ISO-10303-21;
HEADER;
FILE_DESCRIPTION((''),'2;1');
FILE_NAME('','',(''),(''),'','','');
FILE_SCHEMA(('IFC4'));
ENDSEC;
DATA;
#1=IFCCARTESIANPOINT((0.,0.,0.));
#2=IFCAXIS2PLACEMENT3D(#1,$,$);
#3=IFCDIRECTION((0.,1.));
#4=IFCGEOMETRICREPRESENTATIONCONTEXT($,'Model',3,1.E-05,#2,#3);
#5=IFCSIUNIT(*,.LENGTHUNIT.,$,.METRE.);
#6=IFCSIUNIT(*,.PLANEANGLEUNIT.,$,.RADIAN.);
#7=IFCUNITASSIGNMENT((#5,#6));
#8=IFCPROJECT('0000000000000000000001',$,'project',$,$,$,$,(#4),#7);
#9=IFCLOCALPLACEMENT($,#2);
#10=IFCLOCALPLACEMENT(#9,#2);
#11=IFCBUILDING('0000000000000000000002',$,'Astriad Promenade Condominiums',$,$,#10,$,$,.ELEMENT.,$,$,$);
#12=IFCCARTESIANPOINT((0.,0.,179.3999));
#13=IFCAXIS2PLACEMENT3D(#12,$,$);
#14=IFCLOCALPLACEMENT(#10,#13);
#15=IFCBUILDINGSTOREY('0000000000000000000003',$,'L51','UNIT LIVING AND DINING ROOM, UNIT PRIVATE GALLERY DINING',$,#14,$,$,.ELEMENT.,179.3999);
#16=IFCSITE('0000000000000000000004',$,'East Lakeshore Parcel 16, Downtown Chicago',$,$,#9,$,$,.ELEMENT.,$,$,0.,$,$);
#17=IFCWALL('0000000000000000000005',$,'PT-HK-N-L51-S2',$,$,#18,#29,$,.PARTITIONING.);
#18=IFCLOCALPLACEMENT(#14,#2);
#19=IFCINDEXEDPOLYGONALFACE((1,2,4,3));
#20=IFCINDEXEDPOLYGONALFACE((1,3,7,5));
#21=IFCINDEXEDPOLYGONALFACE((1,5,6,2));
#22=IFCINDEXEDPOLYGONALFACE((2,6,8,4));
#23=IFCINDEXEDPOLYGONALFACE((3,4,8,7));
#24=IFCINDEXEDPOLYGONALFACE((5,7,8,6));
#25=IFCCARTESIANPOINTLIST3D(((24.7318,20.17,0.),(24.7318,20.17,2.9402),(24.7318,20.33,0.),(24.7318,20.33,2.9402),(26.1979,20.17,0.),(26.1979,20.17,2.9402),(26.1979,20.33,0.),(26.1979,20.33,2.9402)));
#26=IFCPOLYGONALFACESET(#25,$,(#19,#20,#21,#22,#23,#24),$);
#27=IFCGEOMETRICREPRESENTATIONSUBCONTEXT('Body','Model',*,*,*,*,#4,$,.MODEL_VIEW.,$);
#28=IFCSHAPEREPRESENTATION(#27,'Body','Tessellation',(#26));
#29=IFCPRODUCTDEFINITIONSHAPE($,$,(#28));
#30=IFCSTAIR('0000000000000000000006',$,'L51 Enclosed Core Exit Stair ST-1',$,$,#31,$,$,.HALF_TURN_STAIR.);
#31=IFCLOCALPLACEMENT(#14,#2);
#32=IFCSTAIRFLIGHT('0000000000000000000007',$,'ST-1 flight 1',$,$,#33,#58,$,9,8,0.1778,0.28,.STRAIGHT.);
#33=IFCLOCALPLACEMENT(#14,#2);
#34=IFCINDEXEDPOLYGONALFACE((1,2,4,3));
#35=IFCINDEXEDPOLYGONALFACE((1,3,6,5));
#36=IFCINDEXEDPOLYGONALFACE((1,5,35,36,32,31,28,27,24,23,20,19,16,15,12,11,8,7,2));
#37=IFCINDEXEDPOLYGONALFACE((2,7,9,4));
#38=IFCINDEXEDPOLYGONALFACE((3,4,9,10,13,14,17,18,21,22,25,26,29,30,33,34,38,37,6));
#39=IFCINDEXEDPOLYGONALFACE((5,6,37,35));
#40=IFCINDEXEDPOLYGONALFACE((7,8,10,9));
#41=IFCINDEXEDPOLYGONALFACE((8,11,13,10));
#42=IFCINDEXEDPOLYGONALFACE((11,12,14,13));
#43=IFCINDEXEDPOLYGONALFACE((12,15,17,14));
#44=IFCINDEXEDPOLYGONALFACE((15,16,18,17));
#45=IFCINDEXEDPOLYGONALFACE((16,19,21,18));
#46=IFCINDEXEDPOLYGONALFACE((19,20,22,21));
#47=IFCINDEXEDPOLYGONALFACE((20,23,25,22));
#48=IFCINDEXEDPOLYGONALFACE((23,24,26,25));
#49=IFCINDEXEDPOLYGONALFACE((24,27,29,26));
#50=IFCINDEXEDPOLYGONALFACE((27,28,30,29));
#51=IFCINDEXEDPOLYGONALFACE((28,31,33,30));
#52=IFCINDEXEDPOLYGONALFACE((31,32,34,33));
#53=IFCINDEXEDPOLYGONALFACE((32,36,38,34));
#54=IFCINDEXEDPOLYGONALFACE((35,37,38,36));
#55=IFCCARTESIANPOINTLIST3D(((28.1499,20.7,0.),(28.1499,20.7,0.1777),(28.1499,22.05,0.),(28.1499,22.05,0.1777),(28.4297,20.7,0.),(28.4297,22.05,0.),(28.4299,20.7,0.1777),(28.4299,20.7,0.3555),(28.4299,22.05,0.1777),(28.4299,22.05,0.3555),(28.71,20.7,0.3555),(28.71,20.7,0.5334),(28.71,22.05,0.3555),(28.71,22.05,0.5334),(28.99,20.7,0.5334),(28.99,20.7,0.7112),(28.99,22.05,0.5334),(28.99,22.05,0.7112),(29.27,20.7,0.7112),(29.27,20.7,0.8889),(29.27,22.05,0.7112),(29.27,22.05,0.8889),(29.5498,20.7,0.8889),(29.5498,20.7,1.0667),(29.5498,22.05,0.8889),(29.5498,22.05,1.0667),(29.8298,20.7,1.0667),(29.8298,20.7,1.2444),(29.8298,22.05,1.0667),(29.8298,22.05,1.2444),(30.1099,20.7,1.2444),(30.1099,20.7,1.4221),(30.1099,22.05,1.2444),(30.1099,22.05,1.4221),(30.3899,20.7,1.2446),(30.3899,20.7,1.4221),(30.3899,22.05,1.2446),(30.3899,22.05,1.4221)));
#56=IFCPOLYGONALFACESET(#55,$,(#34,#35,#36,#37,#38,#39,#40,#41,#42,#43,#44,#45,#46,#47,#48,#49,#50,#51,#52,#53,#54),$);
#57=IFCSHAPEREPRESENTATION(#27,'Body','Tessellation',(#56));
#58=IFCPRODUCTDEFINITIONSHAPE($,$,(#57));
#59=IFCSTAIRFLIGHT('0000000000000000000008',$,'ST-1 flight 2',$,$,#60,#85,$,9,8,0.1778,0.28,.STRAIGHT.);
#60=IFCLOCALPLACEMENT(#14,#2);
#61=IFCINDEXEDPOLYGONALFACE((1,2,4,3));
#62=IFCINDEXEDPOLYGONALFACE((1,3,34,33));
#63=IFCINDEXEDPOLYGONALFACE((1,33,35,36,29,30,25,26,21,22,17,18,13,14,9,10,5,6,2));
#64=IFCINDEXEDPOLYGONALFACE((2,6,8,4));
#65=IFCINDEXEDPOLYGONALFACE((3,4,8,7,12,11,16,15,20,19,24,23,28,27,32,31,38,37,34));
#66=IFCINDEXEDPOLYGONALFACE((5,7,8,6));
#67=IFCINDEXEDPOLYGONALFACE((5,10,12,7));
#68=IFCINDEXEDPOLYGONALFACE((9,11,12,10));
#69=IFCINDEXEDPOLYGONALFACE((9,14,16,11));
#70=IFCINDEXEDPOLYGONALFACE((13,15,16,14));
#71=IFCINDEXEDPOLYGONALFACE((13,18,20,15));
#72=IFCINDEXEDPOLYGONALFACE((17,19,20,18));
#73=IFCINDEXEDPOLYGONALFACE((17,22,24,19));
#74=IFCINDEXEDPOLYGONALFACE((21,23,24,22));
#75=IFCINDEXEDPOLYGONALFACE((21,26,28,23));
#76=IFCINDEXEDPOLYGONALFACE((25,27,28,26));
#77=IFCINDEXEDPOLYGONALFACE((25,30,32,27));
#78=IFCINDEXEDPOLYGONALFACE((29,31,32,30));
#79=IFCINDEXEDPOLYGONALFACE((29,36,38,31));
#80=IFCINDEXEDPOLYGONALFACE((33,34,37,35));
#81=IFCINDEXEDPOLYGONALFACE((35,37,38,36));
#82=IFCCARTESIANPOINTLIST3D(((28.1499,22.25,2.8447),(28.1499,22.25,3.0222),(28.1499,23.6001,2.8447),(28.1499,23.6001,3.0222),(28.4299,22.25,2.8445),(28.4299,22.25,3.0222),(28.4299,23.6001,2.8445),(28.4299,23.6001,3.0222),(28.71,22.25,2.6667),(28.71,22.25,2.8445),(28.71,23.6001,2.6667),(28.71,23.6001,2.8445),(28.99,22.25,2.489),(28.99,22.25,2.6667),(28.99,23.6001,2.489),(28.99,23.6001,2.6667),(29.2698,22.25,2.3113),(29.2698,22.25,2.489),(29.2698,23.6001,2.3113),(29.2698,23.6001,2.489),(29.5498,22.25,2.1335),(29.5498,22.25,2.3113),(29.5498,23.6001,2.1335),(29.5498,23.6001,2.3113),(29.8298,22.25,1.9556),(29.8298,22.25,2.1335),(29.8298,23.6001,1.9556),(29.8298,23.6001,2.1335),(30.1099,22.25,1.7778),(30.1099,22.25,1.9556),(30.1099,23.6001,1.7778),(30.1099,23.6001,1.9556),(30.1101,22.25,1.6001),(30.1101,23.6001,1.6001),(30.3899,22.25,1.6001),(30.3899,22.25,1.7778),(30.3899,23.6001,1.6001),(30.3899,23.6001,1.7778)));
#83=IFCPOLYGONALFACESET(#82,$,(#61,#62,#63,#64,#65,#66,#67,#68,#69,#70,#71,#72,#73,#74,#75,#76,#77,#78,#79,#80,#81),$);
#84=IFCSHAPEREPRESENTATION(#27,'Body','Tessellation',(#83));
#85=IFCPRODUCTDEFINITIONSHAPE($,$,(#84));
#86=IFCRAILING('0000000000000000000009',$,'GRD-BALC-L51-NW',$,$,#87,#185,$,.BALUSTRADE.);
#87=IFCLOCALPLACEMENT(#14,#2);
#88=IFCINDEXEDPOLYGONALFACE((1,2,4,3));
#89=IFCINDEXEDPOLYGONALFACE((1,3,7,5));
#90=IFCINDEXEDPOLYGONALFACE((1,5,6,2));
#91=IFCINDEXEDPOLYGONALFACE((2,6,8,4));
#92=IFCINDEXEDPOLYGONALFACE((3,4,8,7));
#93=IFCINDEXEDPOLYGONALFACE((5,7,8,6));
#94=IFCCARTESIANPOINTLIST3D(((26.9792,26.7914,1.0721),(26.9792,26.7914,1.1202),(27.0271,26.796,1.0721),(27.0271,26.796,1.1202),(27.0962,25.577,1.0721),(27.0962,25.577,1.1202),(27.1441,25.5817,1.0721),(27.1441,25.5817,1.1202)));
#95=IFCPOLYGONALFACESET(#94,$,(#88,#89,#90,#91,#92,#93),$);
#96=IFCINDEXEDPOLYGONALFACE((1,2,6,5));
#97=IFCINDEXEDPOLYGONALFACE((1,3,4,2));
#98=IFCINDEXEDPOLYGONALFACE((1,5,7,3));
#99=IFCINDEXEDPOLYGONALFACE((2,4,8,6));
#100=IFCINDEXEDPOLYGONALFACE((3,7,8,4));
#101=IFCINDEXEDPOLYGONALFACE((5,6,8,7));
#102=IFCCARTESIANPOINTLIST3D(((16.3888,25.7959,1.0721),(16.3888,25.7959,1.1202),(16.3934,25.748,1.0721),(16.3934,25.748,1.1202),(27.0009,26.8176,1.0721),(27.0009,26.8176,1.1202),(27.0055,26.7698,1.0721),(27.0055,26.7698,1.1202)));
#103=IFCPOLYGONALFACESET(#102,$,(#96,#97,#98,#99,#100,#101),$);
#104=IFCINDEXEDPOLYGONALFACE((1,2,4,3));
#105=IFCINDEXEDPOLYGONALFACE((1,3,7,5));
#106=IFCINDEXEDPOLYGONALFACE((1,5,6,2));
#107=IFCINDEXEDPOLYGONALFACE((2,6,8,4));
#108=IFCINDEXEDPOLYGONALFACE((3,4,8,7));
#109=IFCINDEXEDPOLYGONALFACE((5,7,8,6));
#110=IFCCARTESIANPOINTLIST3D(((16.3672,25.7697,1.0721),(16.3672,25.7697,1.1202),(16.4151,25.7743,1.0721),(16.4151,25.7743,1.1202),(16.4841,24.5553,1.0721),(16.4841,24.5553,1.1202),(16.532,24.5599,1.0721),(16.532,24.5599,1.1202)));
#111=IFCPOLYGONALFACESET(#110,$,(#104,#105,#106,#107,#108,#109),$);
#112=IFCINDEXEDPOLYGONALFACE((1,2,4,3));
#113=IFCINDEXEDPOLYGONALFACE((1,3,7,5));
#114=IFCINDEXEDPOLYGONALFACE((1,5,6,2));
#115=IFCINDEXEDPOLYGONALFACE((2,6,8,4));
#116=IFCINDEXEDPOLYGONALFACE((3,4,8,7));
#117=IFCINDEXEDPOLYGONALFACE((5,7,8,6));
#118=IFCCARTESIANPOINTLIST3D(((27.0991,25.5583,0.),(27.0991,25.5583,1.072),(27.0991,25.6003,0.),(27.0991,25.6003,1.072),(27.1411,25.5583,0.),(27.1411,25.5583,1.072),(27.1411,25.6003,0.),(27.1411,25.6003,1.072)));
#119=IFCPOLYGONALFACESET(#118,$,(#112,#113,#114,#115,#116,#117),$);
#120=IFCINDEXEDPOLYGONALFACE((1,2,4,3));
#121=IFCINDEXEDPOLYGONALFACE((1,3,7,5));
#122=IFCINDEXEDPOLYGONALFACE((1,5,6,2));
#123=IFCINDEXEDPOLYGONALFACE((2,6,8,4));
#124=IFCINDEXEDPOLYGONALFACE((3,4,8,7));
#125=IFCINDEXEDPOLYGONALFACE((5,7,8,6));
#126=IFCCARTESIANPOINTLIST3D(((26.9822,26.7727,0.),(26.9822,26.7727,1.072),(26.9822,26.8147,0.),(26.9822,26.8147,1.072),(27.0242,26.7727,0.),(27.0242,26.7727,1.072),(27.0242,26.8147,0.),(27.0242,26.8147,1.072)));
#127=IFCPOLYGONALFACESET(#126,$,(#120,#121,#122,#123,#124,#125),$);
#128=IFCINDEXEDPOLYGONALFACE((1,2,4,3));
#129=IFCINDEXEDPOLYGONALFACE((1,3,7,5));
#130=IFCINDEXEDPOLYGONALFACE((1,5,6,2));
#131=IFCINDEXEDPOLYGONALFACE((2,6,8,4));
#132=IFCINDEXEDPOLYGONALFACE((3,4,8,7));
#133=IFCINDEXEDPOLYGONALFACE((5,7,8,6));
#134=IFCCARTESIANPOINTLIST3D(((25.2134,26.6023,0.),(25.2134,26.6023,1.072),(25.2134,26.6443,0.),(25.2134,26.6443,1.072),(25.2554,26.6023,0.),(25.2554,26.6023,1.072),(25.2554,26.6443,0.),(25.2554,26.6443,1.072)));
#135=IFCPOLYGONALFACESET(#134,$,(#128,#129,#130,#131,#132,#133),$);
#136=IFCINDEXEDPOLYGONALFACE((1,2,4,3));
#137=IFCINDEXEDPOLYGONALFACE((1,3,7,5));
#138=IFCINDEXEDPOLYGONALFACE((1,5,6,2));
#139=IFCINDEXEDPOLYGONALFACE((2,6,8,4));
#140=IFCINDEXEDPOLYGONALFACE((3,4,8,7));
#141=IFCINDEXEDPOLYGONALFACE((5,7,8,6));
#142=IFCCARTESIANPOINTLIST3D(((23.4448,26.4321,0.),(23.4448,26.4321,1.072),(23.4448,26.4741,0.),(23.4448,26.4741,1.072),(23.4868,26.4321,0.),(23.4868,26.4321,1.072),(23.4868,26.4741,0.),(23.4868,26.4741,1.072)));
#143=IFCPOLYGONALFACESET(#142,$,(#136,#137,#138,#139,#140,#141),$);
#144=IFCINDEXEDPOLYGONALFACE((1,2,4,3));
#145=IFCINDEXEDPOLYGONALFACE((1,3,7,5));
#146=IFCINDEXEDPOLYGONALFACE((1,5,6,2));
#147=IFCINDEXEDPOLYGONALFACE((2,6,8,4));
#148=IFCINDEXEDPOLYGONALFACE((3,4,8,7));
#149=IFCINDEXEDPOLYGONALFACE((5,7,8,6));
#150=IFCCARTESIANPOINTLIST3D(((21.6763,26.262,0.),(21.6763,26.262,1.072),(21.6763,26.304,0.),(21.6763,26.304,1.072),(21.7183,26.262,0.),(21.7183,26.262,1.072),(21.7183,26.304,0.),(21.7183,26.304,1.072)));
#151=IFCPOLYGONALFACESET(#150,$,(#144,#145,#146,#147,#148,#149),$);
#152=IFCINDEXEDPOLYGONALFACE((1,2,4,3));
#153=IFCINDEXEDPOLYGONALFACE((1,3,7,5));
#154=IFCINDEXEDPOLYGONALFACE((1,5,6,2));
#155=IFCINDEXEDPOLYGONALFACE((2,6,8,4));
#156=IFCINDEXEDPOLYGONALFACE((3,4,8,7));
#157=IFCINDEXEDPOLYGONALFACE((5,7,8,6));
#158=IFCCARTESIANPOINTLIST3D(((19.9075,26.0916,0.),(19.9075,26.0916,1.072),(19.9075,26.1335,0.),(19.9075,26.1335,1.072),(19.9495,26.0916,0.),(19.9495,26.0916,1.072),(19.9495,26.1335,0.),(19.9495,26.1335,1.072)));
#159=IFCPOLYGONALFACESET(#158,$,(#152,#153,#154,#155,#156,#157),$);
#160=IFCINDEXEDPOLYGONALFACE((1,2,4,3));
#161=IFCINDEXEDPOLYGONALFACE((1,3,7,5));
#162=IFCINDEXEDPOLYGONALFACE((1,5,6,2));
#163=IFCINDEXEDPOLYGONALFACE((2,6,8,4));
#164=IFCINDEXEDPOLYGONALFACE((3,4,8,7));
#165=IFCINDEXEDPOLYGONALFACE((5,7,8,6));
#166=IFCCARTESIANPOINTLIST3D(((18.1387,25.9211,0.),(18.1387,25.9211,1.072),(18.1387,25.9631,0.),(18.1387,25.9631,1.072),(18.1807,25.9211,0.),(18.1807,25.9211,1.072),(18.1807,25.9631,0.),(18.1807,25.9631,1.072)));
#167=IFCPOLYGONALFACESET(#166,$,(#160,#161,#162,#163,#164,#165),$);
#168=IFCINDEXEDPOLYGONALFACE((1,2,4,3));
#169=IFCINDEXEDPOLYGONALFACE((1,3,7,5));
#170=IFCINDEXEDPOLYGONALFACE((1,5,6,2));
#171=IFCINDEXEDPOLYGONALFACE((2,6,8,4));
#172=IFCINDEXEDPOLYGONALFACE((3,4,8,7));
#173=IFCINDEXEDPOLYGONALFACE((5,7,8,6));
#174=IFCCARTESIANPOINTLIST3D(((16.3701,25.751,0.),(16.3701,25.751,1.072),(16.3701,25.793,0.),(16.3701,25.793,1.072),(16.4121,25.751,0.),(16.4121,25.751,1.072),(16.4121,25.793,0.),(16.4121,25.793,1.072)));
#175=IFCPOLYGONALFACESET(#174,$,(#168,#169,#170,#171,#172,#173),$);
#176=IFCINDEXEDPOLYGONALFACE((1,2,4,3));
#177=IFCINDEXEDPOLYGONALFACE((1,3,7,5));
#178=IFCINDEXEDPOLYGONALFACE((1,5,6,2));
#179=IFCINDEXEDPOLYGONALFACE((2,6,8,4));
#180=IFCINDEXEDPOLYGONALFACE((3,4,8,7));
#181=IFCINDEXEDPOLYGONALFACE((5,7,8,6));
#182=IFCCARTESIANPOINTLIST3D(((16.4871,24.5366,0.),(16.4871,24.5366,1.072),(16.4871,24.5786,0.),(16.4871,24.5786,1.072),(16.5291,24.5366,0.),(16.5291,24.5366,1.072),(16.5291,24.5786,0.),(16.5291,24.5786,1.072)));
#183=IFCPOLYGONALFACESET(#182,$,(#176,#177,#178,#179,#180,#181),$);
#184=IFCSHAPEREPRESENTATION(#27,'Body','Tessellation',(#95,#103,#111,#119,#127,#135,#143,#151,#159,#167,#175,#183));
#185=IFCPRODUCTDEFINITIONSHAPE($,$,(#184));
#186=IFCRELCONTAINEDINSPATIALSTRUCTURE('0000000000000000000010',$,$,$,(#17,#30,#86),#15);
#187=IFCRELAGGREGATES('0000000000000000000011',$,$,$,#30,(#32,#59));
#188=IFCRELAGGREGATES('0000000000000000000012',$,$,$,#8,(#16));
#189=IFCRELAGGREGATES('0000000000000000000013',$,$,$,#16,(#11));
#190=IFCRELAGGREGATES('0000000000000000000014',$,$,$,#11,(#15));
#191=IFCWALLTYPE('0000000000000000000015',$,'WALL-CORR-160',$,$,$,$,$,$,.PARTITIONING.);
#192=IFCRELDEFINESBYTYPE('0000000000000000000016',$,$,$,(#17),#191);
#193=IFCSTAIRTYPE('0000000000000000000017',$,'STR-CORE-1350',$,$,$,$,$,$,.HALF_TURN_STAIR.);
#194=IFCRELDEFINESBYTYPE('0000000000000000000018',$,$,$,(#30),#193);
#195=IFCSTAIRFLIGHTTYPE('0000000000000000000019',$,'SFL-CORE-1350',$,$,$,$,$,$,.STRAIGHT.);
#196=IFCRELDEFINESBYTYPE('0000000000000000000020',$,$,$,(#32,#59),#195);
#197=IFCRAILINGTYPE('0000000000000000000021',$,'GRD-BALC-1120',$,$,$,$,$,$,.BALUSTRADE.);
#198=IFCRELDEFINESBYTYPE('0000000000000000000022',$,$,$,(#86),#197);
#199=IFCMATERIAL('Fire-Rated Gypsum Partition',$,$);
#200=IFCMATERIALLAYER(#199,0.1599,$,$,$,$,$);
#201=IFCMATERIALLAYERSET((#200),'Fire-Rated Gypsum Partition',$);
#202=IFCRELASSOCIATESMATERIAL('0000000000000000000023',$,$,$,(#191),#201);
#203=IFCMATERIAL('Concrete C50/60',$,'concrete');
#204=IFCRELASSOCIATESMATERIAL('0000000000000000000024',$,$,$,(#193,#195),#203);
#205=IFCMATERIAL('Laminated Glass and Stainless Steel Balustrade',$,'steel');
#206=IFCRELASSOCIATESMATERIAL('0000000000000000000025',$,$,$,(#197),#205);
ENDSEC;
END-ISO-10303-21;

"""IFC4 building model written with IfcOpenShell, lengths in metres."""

from ifc_helpers import new_model, si_unit, direction, frame, frame_2d, origin, origin_2d, place, context, subcontext, project, spatial, polyline, rectangle, outline, extrude, source, transform, mapped, material, layer, layer_set, type_object, type_shapes, element, aggregate, save


model = new_model("IFC4")

# Units and contexts
model_context = context("Model", 3, precision=1e-05, world=origin(), true_north=direction((0.0, 1.0)))
body_context = subcontext(model_context, "Body", "Model", "MODEL_VIEW")
ifc_project = project(units=[si_unit("LENGTHUNIT", "METRE"), si_unit("PLANEANGLEUNIT", "RADIAN")], contexts=[model_context])

# Site, building, storey
site_placement = place(None, origin())
site = spatial("IfcSite", under=ifc_project, at=site_placement, Name="East Lakeshore Parcel 16, Downtown Chicago", CompositionType="ELEMENT", RefElevation=0.0)
building_placement = place(site_placement, origin())
building = spatial("IfcBuilding", under=site, at=building_placement, Name="Astriad Promenade Condominiums", CompositionType="ELEMENT")
storey_placement = place(building_placement, frame((0.0, 0.0, 179.3999)))
storey = spatial("IfcBuildingStorey", under=building, at=storey_placement, Name="L51", Description="UNIT LIVING AND DINING ROOM, UNIT PRIVATE GALLERY DINING", CompositionType="ELEMENT", Elevation=179.3999)

# Shared definitions
ifc_material_1 = material(Name="Concrete C50/60", Category="concrete")

# Shared definitions
ifc_material_2 = material(Name="Fire-Rated Gypsum Partition")
ifc_layer_1 = layer(ifc_material_2, 0.1599)
ifc_layer_set_1 = layer_set([ifc_layer_1], Name="Fire-Rated Gypsum Partition")
wall_type_1 = type_object("IfcWallType", Name="WALL-CORR-160", PredefinedType="PARTITIONING", material=ifc_layer_set_1)

# Wall
wall_1_placement = place(storey_placement, frame((24.7319, 20.25, 0.0), z_axis=(0.0, 0.0, 1.0), x_axis=(1.0, 0.0, 0.0)))
element("IfcWall", 1, at=wall_1_placement, inside=storey, type_object=wall_type_1, Name="PT-HK-N-L51-S2", PredefinedType="PARTITIONING", context=body_context, shape_type="SweptSolid", body=[
    extrude(rectangle(XDim=1.4661, YDim=0.1599, at=frame_2d((0.7329, 0.0))), origin(), (0.0, 0.0, 1.0), 2.9402),
])

# Stair, stair flights
stair_type = type_object("IfcStairType", Name="STR-CORE-1350", PredefinedType="HALF_TURN_STAIR", material=ifc_material_1)
stair_placement = place(storey_placement, origin())
stair = element("IfcStair", 2, at=stair_placement, inside=storey, type_object=stair_type, Name="L51 Enclosed Core Exit Stair ST-1", PredefinedType="HALF_TURN_STAIR")
stair_flight_type = type_object("IfcStairFlightType", Name="SFL-CORE-1350", PredefinedType="STRAIGHT", material=ifc_material_1)
shared_shape_1 = source(origin(), body_context, "Body", "SweptSolid", [
    extrude(outline(polyline([(0.0, 0.0), (0.0, 0.1777), (0.28, 0.1777), (0.28, 0.3555), (0.5601, 0.3555), (0.5601, 0.5334), (0.8401, 0.5334), (0.8401, 0.7112), (1.1201, 0.7112), (1.1201, 0.8889), (1.3999, 0.8889), (1.3999, 1.0667), (1.6799, 1.0667), (1.6799, 1.2444), (1.96, 1.2444), (1.96, 1.4221), (2.24, 1.4221), (2.24, 1.6001), (2.24, 1.2446), (0.2798, 0.0), (0.0, 0.0)])), frame((0.0, 0.675, 0.0), z_axis=(0.0, -1.0, 0.0), x_axis=(1.0, 0.0, 0.0)), (0.0, 0.0, 1.0), 1.3501),
])
type_shapes(stair_flight_type, [shared_shape_1])
stair_flight_1_placement = place(storey_placement, frame((28.1499, 21.375, 0.0), z_axis=(0.0, 0.0, 1.0), x_axis=(1.0, 0.0, 0.0)))
stair_flight_1 = element("IfcStairFlight", 3, at=stair_flight_1_placement, type_object=stair_flight_type, Name="ST-1 flight 1", NumberOfRisers=9, NumberOfTreads=8, PredefinedType="STRAIGHT", RiserHeight=0.1778, TreadLength=0.28, context=body_context, shape_type="MappedRepresentation", body=[
    mapped(shared_shape_1, transform((0.0, 0.0, 0.0), scale=1.0)),
])
stair_flight_2_placement = place(storey_placement, frame((30.3899, 22.925, 1.6001), z_axis=(0.0, 0.0, 1.0), x_axis=(-1.0, 0.0, 0.0)))
stair_flight_2 = element("IfcStairFlight", 4, at=stair_flight_2_placement, type_object=stair_flight_type, Name="ST-1 flight 2", NumberOfRisers=9, NumberOfTreads=8, PredefinedType="STRAIGHT", RiserHeight=0.1778, TreadLength=0.28, context=body_context, shape_type="MappedRepresentation", body=[
    mapped(shared_shape_1, transform((0.0, 0.0, 0.0), scale=1.0)),
])
aggregate(stair, [stair_flight_1, stair_flight_2])

# Railing
ifc_material_3 = material(Name="Laminated Glass and Stainless Steel Balustrade", Category="steel")
railing_type_1 = type_object("IfcRailingType", Name="GRD-BALC-1120", PredefinedType="BALUSTRADE", material=ifc_material_3)
shared_shape_2 = source(origin(), body_context, "Body", "SweptSolid", [
    extrude(rectangle(XDim=0.0481, YDim=0.0481, at=origin_2d()), frame((0.0, 0.0, 1.0962), z_axis=(-0.095857, 0.995395, 0.0), x_axis=(-0.995395, -0.095857, 0.0)), (0.0, 0.0, 1.0), 1.22),
    extrude(rectangle(XDim=0.0481, YDim=0.0481, at=origin_2d()), frame((-0.1169, 1.2144, 1.0962), z_axis=(-0.995397, -0.095837, 0.0), x_axis=(0.095837, -0.995397, 0.0)), (0.0, 0.0, 1.0), 10.6611),
    extrude(rectangle(XDim=0.0481, YDim=0.0481, at=origin_2d()), frame((-10.729, 0.1926, 1.0962), z_axis=(0.095857, -0.995395, 0.0), x_axis=(0.995395, 0.095857, 0.0)), (0.0, 0.0, 1.0), 1.22),
    extrude(rectangle(XDim=0.042, YDim=0.042, at=origin_2d()), origin(), (0.0, 0.0, 1.0), 1.072),
    extrude(rectangle(XDim=0.042, YDim=0.042, at=origin_2d()), frame((-0.1169, 1.2144, 0.0)), (0.0, 0.0, 1.0), 1.072),
    extrude(rectangle(XDim=0.042, YDim=0.042, at=origin_2d()), frame((-1.8857, 1.0439, 0.0)), (0.0, 0.0, 1.0), 1.072),
    extrude(rectangle(XDim=0.042, YDim=0.042, at=origin_2d()), frame((-3.6543, 0.8738, 0.0)), (0.0, 0.0, 1.0), 1.072),
    extrude(rectangle(XDim=0.042, YDim=0.042, at=origin_2d()), frame((-5.4229, 0.7036, 0.0)), (0.0, 0.0, 1.0), 1.072),
    extrude(rectangle(XDim=0.042, YDim=0.042, at=origin_2d()), frame((-7.1917, 0.5332, 0.0)), (0.0, 0.0, 1.0), 1.072),
    extrude(rectangle(XDim=0.042, YDim=0.042, at=origin_2d()), frame((-8.9604, 0.3628, 0.0)), (0.0, 0.0, 1.0), 1.072),
    extrude(rectangle(XDim=0.042, YDim=0.042, at=origin_2d()), frame((-10.729, 0.1926, 0.0)), (0.0, 0.0, 1.0), 1.072),
    extrude(rectangle(XDim=0.042, YDim=0.042, at=origin_2d()), frame((-10.6121, -1.0217, 0.0)), (0.0, 0.0, 1.0), 1.072),
])
type_shapes(railing_type_1, [shared_shape_2])
railing_1_placement = place(storey_placement, frame((27.1201, 25.5793, 0.0)))
element("IfcRailing", 5, at=railing_1_placement, inside=storey, type_object=railing_type_1, Name="GRD-BALC-L51-NW", PredefinedType="BALUSTRADE", context=body_context, shape_type="MappedRepresentation", body=[
    mapped(shared_shape_2, transform((0.0, 0.0, 0.0), scale=1.0)),
])

save(model, "model.ifc")
